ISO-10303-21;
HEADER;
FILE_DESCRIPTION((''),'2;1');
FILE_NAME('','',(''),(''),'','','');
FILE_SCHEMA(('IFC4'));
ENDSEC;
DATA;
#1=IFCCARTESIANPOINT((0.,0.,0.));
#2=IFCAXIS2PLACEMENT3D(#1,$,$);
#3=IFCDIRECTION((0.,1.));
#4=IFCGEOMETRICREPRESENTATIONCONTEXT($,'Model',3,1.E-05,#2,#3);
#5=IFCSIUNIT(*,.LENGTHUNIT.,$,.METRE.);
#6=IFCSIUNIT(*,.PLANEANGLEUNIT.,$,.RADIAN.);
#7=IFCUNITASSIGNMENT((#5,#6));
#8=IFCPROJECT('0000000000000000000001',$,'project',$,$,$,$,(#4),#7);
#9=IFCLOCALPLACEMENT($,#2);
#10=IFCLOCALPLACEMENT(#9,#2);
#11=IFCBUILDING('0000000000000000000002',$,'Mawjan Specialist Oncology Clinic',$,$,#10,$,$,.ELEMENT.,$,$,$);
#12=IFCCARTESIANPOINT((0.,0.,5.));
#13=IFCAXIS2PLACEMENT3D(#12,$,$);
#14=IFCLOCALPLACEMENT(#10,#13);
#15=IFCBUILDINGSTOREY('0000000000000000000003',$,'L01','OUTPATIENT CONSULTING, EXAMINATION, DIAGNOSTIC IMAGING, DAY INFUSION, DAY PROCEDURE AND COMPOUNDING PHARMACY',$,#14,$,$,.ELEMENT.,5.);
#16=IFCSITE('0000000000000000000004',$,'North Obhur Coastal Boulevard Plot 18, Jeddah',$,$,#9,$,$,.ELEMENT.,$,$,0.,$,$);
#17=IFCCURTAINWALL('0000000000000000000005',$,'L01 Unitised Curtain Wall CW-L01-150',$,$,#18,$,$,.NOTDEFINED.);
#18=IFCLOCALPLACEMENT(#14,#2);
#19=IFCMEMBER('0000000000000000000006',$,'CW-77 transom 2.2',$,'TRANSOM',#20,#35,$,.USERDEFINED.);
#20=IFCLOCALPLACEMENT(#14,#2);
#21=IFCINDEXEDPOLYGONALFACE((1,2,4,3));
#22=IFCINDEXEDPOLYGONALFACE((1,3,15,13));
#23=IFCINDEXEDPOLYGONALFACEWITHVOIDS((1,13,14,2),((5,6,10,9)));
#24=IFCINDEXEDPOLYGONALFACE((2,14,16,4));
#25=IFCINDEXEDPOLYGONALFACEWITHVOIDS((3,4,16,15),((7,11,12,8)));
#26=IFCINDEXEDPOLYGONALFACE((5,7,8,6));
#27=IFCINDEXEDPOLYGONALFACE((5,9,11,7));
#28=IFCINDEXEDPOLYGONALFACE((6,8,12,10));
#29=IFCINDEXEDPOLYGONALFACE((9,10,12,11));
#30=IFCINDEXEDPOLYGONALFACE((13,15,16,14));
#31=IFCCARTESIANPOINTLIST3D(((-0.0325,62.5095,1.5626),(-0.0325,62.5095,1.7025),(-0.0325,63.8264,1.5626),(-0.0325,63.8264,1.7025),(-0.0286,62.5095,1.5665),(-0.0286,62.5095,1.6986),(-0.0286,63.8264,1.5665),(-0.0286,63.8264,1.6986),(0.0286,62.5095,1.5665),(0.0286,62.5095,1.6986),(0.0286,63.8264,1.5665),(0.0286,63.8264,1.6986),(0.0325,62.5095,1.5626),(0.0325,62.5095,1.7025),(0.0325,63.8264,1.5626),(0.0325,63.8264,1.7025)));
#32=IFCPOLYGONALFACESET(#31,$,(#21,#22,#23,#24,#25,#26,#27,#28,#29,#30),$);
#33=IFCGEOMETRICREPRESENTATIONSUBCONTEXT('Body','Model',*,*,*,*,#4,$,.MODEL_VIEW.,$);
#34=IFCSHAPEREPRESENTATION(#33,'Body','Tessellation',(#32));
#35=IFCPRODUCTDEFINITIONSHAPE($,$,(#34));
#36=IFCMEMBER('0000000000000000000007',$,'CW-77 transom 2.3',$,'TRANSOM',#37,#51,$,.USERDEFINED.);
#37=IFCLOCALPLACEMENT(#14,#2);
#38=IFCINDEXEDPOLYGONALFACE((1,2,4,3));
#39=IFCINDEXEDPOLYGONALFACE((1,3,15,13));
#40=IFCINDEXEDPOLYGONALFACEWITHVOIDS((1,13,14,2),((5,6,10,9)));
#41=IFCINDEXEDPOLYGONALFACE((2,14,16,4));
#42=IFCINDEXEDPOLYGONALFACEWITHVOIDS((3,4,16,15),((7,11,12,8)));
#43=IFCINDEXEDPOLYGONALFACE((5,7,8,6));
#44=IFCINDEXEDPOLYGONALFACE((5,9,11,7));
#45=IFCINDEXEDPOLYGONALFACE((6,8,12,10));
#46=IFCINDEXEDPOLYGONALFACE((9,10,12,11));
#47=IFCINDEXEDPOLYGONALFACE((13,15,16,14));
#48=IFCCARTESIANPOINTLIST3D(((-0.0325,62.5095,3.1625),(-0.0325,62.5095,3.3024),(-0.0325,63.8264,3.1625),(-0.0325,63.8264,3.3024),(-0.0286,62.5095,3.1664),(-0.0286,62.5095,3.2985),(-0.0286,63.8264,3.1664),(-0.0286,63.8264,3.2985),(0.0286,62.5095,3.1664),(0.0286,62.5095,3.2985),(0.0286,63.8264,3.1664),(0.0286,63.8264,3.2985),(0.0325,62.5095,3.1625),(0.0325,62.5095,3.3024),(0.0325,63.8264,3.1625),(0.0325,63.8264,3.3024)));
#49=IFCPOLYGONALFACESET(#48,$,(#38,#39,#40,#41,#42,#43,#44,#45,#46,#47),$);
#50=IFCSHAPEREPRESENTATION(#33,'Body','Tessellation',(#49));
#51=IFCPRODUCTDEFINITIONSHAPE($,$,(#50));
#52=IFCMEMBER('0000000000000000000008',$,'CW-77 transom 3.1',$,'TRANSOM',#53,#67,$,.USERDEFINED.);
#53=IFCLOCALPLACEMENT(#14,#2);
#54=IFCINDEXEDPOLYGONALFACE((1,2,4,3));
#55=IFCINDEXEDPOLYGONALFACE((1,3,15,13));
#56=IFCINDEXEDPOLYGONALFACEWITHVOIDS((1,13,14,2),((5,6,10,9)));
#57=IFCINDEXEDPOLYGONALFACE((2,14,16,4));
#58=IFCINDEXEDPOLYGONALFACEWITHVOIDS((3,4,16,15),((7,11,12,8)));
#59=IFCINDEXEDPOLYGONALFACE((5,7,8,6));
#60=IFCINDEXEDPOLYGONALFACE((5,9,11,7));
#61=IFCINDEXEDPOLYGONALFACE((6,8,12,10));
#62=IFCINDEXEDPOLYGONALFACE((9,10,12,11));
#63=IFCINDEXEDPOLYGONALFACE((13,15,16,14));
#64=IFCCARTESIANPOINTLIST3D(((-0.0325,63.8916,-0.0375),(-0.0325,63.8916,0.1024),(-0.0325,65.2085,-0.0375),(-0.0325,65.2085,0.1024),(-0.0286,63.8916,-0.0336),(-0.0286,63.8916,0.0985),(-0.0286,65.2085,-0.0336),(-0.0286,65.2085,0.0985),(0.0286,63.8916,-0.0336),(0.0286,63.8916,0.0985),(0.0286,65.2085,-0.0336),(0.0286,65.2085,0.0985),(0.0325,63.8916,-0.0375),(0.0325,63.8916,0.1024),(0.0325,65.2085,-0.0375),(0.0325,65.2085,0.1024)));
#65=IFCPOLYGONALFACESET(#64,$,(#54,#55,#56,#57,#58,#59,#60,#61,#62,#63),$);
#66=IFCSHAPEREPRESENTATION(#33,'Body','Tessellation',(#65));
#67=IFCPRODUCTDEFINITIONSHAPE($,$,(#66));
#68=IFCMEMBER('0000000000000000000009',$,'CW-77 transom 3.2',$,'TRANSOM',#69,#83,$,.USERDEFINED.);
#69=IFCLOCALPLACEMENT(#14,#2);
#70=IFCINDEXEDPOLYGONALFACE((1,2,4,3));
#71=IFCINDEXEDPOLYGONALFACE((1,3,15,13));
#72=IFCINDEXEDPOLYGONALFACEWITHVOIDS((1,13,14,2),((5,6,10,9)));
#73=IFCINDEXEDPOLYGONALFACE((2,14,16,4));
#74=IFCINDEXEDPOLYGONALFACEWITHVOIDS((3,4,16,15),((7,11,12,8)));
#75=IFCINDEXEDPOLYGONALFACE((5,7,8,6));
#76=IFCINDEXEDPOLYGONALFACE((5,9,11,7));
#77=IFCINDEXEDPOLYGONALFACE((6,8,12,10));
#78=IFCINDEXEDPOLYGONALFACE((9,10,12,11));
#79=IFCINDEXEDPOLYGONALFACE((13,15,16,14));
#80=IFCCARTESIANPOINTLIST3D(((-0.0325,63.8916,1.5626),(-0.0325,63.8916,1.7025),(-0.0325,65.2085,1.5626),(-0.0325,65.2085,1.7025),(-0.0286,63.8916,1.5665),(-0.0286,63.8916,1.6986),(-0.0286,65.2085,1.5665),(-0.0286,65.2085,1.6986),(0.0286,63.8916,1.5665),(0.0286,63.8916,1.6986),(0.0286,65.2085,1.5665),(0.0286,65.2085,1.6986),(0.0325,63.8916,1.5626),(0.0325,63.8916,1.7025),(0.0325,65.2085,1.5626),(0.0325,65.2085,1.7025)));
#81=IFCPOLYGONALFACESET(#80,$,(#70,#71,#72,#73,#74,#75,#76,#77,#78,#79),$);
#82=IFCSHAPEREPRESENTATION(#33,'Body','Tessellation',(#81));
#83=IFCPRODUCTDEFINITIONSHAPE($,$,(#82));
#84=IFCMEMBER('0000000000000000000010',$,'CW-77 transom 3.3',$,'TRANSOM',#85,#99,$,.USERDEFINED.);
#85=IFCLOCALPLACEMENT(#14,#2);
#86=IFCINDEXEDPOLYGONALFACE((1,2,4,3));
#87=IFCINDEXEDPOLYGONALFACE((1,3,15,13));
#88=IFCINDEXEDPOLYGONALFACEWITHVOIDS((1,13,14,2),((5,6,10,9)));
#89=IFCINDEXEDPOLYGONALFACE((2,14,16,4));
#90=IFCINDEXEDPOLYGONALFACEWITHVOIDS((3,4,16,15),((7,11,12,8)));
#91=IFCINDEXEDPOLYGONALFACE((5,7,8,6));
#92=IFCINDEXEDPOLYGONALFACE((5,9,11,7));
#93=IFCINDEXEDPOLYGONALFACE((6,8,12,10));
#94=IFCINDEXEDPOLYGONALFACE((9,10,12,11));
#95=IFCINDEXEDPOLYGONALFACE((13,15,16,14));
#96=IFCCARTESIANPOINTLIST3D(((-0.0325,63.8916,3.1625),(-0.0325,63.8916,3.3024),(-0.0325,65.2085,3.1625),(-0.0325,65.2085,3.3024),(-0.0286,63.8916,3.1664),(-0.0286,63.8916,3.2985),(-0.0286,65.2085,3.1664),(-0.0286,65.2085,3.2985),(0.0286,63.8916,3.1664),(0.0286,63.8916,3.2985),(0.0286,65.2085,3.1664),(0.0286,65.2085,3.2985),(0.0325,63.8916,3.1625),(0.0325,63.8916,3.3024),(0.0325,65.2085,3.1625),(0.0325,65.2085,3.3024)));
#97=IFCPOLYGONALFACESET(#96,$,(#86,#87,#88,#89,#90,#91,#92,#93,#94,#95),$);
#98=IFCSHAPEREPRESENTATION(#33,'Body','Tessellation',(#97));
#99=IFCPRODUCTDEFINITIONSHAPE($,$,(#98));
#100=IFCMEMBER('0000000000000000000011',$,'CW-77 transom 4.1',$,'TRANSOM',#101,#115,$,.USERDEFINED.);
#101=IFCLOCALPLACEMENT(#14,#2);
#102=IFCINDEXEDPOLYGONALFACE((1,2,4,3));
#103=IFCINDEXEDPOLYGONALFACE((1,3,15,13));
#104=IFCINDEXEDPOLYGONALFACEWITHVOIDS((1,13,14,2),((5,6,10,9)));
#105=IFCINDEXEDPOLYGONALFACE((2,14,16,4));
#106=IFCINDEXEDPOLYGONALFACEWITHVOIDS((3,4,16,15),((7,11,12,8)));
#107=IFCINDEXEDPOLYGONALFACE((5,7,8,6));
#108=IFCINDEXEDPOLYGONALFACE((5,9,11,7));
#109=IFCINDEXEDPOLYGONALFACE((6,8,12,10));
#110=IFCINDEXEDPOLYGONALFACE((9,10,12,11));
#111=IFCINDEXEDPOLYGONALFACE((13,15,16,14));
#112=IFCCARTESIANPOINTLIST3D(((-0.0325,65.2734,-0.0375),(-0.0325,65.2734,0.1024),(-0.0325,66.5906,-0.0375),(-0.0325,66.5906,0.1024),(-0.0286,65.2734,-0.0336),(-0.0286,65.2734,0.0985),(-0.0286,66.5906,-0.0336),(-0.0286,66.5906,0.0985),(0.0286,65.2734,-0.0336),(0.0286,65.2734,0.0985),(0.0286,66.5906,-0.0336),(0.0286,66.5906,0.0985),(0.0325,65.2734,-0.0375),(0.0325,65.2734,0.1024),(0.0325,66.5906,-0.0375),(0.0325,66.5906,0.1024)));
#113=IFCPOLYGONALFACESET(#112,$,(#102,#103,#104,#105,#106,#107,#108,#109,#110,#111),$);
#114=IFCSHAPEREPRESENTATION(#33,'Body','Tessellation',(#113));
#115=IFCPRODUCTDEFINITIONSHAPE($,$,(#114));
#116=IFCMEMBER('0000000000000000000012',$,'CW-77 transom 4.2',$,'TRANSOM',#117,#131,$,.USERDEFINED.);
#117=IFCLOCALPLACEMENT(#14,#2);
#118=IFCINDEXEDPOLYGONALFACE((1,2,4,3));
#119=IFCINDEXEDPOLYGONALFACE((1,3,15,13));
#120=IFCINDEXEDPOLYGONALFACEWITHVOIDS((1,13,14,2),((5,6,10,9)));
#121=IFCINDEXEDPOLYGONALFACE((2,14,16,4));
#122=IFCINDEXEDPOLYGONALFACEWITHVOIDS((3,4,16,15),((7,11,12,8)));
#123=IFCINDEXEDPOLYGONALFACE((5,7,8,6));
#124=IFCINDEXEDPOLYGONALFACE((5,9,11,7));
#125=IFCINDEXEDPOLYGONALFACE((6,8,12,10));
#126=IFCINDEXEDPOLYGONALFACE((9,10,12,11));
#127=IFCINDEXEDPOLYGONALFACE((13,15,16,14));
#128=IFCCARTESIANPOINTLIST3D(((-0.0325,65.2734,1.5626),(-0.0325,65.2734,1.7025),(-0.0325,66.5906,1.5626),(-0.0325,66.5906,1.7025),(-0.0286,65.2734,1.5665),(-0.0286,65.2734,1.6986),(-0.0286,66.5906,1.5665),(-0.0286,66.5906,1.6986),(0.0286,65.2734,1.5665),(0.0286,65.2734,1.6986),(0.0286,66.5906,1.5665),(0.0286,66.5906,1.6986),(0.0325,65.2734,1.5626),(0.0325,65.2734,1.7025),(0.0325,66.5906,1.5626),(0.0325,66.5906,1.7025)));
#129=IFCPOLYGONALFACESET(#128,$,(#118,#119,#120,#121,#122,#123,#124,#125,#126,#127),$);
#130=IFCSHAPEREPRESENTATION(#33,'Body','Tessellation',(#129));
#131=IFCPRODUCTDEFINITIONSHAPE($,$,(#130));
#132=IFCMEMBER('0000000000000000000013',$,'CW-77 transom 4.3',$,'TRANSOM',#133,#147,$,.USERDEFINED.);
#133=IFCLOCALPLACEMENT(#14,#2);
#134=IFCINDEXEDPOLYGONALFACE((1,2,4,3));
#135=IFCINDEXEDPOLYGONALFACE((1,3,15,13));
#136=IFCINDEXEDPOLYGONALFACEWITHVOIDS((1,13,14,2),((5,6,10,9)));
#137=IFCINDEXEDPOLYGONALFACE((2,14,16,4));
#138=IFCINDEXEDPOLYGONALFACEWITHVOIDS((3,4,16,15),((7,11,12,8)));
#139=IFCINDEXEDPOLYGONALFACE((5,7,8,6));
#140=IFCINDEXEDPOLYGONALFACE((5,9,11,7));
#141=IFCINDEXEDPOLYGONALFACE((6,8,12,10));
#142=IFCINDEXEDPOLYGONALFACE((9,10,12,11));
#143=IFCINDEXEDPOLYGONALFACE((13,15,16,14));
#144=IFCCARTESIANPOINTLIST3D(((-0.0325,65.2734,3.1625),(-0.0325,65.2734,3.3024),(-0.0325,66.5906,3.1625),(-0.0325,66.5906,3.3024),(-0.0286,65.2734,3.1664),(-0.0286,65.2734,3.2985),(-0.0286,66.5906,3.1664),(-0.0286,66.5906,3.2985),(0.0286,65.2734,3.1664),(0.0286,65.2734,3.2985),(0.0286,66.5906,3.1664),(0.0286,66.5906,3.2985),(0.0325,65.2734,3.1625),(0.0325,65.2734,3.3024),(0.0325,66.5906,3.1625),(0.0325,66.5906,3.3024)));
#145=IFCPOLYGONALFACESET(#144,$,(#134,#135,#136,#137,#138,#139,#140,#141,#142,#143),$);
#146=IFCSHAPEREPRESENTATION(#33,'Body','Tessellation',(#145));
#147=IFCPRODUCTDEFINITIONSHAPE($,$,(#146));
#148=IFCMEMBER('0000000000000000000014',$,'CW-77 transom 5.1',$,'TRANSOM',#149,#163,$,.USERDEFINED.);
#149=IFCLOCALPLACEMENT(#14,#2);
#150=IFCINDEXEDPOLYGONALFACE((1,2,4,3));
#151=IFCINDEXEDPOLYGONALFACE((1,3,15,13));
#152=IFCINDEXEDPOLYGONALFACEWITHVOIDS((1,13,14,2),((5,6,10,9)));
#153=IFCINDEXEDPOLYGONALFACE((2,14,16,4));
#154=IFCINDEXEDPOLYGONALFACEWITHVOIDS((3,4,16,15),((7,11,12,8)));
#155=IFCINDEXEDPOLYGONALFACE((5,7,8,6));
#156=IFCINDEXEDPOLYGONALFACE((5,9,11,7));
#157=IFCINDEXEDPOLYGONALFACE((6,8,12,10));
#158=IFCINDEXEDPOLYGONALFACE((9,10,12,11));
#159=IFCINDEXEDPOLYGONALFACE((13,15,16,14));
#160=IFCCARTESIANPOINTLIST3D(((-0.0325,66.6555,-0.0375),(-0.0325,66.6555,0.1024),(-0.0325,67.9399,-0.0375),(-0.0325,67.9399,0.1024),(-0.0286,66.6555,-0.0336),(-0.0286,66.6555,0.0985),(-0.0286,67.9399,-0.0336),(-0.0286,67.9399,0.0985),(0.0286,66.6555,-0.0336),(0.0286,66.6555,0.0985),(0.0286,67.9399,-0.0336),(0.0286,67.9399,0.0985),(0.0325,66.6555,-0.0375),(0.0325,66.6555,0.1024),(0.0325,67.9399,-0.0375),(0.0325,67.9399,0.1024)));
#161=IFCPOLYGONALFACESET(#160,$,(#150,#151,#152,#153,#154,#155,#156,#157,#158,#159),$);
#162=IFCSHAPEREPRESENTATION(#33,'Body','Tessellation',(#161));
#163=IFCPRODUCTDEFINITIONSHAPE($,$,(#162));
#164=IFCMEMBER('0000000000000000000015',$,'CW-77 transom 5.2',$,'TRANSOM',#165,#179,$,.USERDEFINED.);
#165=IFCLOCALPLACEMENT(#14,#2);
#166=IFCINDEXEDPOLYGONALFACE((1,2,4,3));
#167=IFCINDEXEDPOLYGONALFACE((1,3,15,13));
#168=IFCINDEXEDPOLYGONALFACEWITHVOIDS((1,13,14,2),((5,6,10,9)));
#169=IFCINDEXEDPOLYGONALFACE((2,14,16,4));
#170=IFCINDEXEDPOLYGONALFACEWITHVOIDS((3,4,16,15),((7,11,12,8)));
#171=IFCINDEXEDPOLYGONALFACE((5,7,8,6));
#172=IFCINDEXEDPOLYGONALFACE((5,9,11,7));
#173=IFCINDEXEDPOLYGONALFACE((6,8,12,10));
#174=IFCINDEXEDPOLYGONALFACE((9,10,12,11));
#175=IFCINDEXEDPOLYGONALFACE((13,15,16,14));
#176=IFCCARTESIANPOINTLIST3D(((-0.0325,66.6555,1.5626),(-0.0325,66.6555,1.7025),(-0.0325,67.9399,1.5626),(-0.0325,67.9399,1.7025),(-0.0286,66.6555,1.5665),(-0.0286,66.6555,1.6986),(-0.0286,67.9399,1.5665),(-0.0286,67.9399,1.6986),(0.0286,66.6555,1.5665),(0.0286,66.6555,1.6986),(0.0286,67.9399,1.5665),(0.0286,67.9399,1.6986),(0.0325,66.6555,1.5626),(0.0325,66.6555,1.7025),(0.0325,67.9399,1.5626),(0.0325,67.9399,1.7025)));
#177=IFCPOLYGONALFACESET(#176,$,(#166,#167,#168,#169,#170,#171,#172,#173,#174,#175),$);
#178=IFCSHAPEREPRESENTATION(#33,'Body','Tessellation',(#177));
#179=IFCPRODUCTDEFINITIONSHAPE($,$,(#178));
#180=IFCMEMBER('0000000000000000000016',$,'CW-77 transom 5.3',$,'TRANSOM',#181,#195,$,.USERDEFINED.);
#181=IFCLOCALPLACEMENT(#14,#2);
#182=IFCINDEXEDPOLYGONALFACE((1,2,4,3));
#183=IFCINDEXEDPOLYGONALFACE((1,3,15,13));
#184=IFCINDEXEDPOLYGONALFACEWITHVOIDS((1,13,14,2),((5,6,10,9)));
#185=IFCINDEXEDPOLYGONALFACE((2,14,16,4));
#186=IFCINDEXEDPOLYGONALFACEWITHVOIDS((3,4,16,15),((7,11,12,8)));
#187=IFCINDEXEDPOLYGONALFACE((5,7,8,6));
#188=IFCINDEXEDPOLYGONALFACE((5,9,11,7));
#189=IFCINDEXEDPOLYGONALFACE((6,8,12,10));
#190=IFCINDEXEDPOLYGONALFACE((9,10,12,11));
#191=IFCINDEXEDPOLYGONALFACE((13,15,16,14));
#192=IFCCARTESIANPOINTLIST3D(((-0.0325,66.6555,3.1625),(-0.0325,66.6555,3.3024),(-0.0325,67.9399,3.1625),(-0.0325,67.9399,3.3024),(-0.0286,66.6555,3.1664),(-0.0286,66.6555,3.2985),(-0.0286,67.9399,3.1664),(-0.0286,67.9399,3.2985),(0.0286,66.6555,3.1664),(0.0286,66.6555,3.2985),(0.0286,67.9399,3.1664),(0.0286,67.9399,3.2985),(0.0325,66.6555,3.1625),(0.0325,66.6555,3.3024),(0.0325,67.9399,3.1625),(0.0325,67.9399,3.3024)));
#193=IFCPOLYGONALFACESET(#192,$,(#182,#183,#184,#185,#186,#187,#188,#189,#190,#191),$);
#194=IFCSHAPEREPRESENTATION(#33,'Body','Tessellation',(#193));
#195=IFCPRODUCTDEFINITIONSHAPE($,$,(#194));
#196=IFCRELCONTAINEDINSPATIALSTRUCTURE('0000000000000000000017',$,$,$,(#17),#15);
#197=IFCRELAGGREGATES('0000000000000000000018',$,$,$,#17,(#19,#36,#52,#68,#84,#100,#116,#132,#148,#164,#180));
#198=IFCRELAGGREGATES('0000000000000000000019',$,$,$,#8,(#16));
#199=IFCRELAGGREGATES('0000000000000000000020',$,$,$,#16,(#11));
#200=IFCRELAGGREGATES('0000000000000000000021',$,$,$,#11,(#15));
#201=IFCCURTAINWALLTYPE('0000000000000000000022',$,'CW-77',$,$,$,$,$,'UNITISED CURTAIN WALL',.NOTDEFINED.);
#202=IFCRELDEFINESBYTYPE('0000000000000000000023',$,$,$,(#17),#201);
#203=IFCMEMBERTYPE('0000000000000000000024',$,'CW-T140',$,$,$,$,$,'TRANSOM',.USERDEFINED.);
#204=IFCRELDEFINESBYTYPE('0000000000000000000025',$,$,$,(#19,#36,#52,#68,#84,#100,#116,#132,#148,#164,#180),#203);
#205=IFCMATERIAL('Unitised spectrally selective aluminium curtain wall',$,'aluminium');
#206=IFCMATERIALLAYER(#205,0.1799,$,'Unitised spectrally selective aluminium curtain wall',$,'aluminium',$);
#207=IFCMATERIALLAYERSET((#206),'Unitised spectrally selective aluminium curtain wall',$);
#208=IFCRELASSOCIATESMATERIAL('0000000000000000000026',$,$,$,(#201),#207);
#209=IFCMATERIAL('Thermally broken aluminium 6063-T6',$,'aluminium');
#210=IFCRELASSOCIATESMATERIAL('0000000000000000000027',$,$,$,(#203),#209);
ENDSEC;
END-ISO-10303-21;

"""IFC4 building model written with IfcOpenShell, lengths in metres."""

from ifc_helpers import new_model, si_unit, direction, frame, origin, origin_2d, place, context, subcontext, project, spatial, hollow_rectangle, extrude, material, layer, layer_set, material_profile, profile_set, type_object, element, aggregate, save


model = new_model("IFC4")

# Units and contexts
model_context = context("Model", 3, precision=1e-05, world=origin(), true_north=direction((0.0, 1.0)))
body_context = subcontext(model_context, "Body", "Model", "MODEL_VIEW")
ifc_project = project(units=[si_unit("LENGTHUNIT", "METRE"), si_unit("PLANEANGLEUNIT", "RADIAN")], contexts=[model_context])

# Site, building, storey
site_placement = place(None, origin())
site = spatial("IfcSite", under=ifc_project, at=site_placement, Name="North Obhur Coastal Boulevard Plot 18, Jeddah", CompositionType="ELEMENT", RefElevation=0.0)
building_placement = place(site_placement, origin())
building = spatial("IfcBuilding", under=site, at=building_placement, Name="Mawjan Specialist Oncology Clinic", CompositionType="ELEMENT")
storey_placement = place(building_placement, frame((0.0, 0.0, 5.0)))
storey = spatial("IfcBuildingStorey", under=building, at=storey_placement, Name="L01", Description="OUTPATIENT CONSULTING, EXAMINATION, DIAGNOSTIC IMAGING, DAY INFUSION, DAY PROCEDURE AND COMPOUNDING PHARMACY", CompositionType="ELEMENT", Elevation=5.0)

# Curtain wall, members
ifc_material_1 = material(Name="Unitised spectrally selective aluminium curtain wall", Category="aluminium")
ifc_layer_1 = layer(ifc_material_1, 0.1799, Name="Unitised spectrally selective aluminium curtain wall", Category="aluminium")
ifc_layer_set_1 = layer_set([ifc_layer_1], Name="Unitised spectrally selective aluminium curtain wall")
curtain_wall_type_1 = type_object("IfcCurtainWallType", Name="CW-77", ElementType="UNITISED CURTAIN WALL", PredefinedType="NOTDEFINED", material=ifc_layer_set_1)
curtain_wall_1_placement = place(storey_placement, origin())
curtain_wall_1 = element("IfcCurtainWall", 1, at=curtain_wall_1_placement, inside=storey, type_object=curtain_wall_type_1, Name="L01 Unitised Curtain Wall CW-L01-150", PredefinedType="NOTDEFINED")
ifc_material_2 = material(Name="Thermally broken aluminium 6063-T6", Category="aluminium")
ifc_material_profile_1 = material_profile(ifc_material_2, hollow_rectangle(XDim=0.0649, YDim=0.1399, WallThickness=0.0039, at=origin_2d()), Name="ALU TRANSOM 140x65x4", Category="aluminium")
ifc_profile_set_1 = profile_set([ifc_material_profile_1], Name="Thermally broken aluminium 6063-T6")
member_type_1 = type_object("IfcMemberType", Name="CW-T140", ElementType="TRANSOM", PredefinedType="USERDEFINED", material=ifc_profile_set_1)
member_1_placement = place(storey_placement, frame((0.0, 62.5095, 1.6326), z_axis=(0.0, 1.0, 0.0), x_axis=(-1.0, 0.0, 0.0)))
member_1 = element("IfcMember", 2, at=member_1_placement, type_object=member_type_1, Name="CW-77 transom 2.2", ObjectType="TRANSOM", PredefinedType="USERDEFINED", context=body_context, shape_type="SweptSolid", body=[
    extrude(hollow_rectangle(XDim=0.0649, YDim=0.1399, WallThickness=0.0039, at=origin_2d()), origin(), (0.0, 0.0, 1.0), 1.3169),
])
member_2_placement = place(storey_placement, frame((0.0, 62.5095, 3.2324), z_axis=(0.0, 1.0, 0.0), x_axis=(-1.0, 0.0, 0.0)))
member_2 = element("IfcMember", 3, at=member_2_placement, type_object=member_type_1, Name="CW-77 transom 2.3", ObjectType="TRANSOM", PredefinedType="USERDEFINED", context=body_context, shape_type="SweptSolid", body=[
    extrude(hollow_rectangle(XDim=0.0649, YDim=0.1399, WallThickness=0.0039, at=origin_2d()), origin(), (0.0, 0.0, 1.0), 1.3169),
])
member_3_placement = place(storey_placement, frame((0.0, 63.8916, 0.0325), z_axis=(0.0, 1.0, 0.0), x_axis=(-1.0, 0.0, 0.0)))
member_3 = element("IfcMember", 4, at=member_3_placement, type_object=member_type_1, Name="CW-77 transom 3.1", ObjectType="TRANSOM", PredefinedType="USERDEFINED", context=body_context, shape_type="SweptSolid", body=[
    extrude(hollow_rectangle(XDim=0.0649, YDim=0.1399, WallThickness=0.0039, at=origin_2d()), origin(), (0.0, 0.0, 1.0), 1.3169),
])
member_4_placement = place(storey_placement, frame((0.0, 63.8916, 1.6326), z_axis=(0.0, 1.0, 0.0), x_axis=(-1.0, 0.0, 0.0)))
member_4 = element("IfcMember", 5, at=member_4_placement, type_object=member_type_1, Name="CW-77 transom 3.2", ObjectType="TRANSOM", PredefinedType="USERDEFINED", context=body_context, shape_type="SweptSolid", body=[
    extrude(hollow_rectangle(XDim=0.0649, YDim=0.1399, WallThickness=0.0039, at=origin_2d()), origin(), (0.0, 0.0, 1.0), 1.3169),
])
member_5_placement = place(storey_placement, frame((0.0, 63.8916, 3.2324), z_axis=(0.0, 1.0, 0.0), x_axis=(-1.0, 0.0, 0.0)))
member_5 = element("IfcMember", 6, at=member_5_placement, type_object=member_type_1, Name="CW-77 transom 3.3", ObjectType="TRANSOM", PredefinedType="USERDEFINED", context=body_context, shape_type="SweptSolid", body=[
    extrude(hollow_rectangle(XDim=0.0649, YDim=0.1399, WallThickness=0.0039, at=origin_2d()), origin(), (0.0, 0.0, 1.0), 1.3169),
])
member_6_placement = place(storey_placement, frame((0.0, 65.2734, 0.0325), z_axis=(0.0, 1.0, 0.0), x_axis=(-1.0, 0.0, 0.0)))
member_6 = element("IfcMember", 7, at=member_6_placement, type_object=member_type_1, Name="CW-77 transom 4.1", ObjectType="TRANSOM", PredefinedType="USERDEFINED", context=body_context, shape_type="SweptSolid", body=[
    extrude(hollow_rectangle(XDim=0.0649, YDim=0.1399, WallThickness=0.0039, at=origin_2d()), origin(), (0.0, 0.0, 1.0), 1.3171),
])
member_7_placement = place(storey_placement, frame((0.0, 65.2734, 1.6326), z_axis=(0.0, 1.0, 0.0), x_axis=(-1.0, 0.0, 0.0)))
member_7 = element("IfcMember", 8, at=member_7_placement, type_object=member_type_1, Name="CW-77 transom 4.2", ObjectType="TRANSOM", PredefinedType="USERDEFINED", context=body_context, shape_type="SweptSolid", body=[
    extrude(hollow_rectangle(XDim=0.0649, YDim=0.1399, WallThickness=0.0039, at=origin_2d()), origin(), (0.0, 0.0, 1.0), 1.3171),
])
member_8_placement = place(storey_placement, frame((0.0, 65.2734, 3.2324), z_axis=(0.0, 1.0, 0.0), x_axis=(-1.0, 0.0, 0.0)))
member_8 = element("IfcMember", 9, at=member_8_placement, type_object=member_type_1, Name="CW-77 transom 4.3", ObjectType="TRANSOM", PredefinedType="USERDEFINED", context=body_context, shape_type="SweptSolid", body=[
    extrude(hollow_rectangle(XDim=0.0649, YDim=0.1399, WallThickness=0.0039, at=origin_2d()), origin(), (0.0, 0.0, 1.0), 1.3171),
])
member_9_placement = place(storey_placement, frame((0.0, 66.6555, 0.0325), z_axis=(0.0, 1.0, 0.0), x_axis=(-1.0, 0.0, 0.0)))
member_9 = element("IfcMember", 10, at=member_9_placement, type_object=member_type_1, Name="CW-77 transom 5.1", ObjectType="TRANSOM", PredefinedType="USERDEFINED", context=body_context, shape_type="SweptSolid", body=[
    extrude(hollow_rectangle(XDim=0.0649, YDim=0.1399, WallThickness=0.0039, at=origin_2d()), origin(), (0.0, 0.0, 1.0), 1.2844),
])
member_10_placement = place(storey_placement, frame((0.0, 66.6555, 1.6326), z_axis=(0.0, 1.0, 0.0), x_axis=(-1.0, 0.0, 0.0)))
member_10 = element("IfcMember", 11, at=member_10_placement, type_object=member_type_1, Name="CW-77 transom 5.2", ObjectType="TRANSOM", PredefinedType="USERDEFINED", context=body_context, shape_type="SweptSolid", body=[
    extrude(hollow_rectangle(XDim=0.0649, YDim=0.1399, WallThickness=0.0039, at=origin_2d()), origin(), (0.0, 0.0, 1.0), 1.2844),
])
member_11_placement = place(storey_placement, frame((0.0, 66.6555, 3.2324), z_axis=(0.0, 1.0, 0.0), x_axis=(-1.0, 0.0, 0.0)))
member_11 = element("IfcMember", 12, at=member_11_placement, type_object=member_type_1, Name="CW-77 transom 5.3", ObjectType="TRANSOM", PredefinedType="USERDEFINED", context=body_context, shape_type="SweptSolid", body=[
    extrude(hollow_rectangle(XDim=0.0649, YDim=0.1399, WallThickness=0.0039, at=origin_2d()), origin(), (0.0, 0.0, 1.0), 1.2844),
])

aggregate(curtain_wall_1, [member_1, member_2, member_3, member_4, member_5, member_6, member_7, member_8, member_9, member_10, member_11])

save(model, "model.ifc")
